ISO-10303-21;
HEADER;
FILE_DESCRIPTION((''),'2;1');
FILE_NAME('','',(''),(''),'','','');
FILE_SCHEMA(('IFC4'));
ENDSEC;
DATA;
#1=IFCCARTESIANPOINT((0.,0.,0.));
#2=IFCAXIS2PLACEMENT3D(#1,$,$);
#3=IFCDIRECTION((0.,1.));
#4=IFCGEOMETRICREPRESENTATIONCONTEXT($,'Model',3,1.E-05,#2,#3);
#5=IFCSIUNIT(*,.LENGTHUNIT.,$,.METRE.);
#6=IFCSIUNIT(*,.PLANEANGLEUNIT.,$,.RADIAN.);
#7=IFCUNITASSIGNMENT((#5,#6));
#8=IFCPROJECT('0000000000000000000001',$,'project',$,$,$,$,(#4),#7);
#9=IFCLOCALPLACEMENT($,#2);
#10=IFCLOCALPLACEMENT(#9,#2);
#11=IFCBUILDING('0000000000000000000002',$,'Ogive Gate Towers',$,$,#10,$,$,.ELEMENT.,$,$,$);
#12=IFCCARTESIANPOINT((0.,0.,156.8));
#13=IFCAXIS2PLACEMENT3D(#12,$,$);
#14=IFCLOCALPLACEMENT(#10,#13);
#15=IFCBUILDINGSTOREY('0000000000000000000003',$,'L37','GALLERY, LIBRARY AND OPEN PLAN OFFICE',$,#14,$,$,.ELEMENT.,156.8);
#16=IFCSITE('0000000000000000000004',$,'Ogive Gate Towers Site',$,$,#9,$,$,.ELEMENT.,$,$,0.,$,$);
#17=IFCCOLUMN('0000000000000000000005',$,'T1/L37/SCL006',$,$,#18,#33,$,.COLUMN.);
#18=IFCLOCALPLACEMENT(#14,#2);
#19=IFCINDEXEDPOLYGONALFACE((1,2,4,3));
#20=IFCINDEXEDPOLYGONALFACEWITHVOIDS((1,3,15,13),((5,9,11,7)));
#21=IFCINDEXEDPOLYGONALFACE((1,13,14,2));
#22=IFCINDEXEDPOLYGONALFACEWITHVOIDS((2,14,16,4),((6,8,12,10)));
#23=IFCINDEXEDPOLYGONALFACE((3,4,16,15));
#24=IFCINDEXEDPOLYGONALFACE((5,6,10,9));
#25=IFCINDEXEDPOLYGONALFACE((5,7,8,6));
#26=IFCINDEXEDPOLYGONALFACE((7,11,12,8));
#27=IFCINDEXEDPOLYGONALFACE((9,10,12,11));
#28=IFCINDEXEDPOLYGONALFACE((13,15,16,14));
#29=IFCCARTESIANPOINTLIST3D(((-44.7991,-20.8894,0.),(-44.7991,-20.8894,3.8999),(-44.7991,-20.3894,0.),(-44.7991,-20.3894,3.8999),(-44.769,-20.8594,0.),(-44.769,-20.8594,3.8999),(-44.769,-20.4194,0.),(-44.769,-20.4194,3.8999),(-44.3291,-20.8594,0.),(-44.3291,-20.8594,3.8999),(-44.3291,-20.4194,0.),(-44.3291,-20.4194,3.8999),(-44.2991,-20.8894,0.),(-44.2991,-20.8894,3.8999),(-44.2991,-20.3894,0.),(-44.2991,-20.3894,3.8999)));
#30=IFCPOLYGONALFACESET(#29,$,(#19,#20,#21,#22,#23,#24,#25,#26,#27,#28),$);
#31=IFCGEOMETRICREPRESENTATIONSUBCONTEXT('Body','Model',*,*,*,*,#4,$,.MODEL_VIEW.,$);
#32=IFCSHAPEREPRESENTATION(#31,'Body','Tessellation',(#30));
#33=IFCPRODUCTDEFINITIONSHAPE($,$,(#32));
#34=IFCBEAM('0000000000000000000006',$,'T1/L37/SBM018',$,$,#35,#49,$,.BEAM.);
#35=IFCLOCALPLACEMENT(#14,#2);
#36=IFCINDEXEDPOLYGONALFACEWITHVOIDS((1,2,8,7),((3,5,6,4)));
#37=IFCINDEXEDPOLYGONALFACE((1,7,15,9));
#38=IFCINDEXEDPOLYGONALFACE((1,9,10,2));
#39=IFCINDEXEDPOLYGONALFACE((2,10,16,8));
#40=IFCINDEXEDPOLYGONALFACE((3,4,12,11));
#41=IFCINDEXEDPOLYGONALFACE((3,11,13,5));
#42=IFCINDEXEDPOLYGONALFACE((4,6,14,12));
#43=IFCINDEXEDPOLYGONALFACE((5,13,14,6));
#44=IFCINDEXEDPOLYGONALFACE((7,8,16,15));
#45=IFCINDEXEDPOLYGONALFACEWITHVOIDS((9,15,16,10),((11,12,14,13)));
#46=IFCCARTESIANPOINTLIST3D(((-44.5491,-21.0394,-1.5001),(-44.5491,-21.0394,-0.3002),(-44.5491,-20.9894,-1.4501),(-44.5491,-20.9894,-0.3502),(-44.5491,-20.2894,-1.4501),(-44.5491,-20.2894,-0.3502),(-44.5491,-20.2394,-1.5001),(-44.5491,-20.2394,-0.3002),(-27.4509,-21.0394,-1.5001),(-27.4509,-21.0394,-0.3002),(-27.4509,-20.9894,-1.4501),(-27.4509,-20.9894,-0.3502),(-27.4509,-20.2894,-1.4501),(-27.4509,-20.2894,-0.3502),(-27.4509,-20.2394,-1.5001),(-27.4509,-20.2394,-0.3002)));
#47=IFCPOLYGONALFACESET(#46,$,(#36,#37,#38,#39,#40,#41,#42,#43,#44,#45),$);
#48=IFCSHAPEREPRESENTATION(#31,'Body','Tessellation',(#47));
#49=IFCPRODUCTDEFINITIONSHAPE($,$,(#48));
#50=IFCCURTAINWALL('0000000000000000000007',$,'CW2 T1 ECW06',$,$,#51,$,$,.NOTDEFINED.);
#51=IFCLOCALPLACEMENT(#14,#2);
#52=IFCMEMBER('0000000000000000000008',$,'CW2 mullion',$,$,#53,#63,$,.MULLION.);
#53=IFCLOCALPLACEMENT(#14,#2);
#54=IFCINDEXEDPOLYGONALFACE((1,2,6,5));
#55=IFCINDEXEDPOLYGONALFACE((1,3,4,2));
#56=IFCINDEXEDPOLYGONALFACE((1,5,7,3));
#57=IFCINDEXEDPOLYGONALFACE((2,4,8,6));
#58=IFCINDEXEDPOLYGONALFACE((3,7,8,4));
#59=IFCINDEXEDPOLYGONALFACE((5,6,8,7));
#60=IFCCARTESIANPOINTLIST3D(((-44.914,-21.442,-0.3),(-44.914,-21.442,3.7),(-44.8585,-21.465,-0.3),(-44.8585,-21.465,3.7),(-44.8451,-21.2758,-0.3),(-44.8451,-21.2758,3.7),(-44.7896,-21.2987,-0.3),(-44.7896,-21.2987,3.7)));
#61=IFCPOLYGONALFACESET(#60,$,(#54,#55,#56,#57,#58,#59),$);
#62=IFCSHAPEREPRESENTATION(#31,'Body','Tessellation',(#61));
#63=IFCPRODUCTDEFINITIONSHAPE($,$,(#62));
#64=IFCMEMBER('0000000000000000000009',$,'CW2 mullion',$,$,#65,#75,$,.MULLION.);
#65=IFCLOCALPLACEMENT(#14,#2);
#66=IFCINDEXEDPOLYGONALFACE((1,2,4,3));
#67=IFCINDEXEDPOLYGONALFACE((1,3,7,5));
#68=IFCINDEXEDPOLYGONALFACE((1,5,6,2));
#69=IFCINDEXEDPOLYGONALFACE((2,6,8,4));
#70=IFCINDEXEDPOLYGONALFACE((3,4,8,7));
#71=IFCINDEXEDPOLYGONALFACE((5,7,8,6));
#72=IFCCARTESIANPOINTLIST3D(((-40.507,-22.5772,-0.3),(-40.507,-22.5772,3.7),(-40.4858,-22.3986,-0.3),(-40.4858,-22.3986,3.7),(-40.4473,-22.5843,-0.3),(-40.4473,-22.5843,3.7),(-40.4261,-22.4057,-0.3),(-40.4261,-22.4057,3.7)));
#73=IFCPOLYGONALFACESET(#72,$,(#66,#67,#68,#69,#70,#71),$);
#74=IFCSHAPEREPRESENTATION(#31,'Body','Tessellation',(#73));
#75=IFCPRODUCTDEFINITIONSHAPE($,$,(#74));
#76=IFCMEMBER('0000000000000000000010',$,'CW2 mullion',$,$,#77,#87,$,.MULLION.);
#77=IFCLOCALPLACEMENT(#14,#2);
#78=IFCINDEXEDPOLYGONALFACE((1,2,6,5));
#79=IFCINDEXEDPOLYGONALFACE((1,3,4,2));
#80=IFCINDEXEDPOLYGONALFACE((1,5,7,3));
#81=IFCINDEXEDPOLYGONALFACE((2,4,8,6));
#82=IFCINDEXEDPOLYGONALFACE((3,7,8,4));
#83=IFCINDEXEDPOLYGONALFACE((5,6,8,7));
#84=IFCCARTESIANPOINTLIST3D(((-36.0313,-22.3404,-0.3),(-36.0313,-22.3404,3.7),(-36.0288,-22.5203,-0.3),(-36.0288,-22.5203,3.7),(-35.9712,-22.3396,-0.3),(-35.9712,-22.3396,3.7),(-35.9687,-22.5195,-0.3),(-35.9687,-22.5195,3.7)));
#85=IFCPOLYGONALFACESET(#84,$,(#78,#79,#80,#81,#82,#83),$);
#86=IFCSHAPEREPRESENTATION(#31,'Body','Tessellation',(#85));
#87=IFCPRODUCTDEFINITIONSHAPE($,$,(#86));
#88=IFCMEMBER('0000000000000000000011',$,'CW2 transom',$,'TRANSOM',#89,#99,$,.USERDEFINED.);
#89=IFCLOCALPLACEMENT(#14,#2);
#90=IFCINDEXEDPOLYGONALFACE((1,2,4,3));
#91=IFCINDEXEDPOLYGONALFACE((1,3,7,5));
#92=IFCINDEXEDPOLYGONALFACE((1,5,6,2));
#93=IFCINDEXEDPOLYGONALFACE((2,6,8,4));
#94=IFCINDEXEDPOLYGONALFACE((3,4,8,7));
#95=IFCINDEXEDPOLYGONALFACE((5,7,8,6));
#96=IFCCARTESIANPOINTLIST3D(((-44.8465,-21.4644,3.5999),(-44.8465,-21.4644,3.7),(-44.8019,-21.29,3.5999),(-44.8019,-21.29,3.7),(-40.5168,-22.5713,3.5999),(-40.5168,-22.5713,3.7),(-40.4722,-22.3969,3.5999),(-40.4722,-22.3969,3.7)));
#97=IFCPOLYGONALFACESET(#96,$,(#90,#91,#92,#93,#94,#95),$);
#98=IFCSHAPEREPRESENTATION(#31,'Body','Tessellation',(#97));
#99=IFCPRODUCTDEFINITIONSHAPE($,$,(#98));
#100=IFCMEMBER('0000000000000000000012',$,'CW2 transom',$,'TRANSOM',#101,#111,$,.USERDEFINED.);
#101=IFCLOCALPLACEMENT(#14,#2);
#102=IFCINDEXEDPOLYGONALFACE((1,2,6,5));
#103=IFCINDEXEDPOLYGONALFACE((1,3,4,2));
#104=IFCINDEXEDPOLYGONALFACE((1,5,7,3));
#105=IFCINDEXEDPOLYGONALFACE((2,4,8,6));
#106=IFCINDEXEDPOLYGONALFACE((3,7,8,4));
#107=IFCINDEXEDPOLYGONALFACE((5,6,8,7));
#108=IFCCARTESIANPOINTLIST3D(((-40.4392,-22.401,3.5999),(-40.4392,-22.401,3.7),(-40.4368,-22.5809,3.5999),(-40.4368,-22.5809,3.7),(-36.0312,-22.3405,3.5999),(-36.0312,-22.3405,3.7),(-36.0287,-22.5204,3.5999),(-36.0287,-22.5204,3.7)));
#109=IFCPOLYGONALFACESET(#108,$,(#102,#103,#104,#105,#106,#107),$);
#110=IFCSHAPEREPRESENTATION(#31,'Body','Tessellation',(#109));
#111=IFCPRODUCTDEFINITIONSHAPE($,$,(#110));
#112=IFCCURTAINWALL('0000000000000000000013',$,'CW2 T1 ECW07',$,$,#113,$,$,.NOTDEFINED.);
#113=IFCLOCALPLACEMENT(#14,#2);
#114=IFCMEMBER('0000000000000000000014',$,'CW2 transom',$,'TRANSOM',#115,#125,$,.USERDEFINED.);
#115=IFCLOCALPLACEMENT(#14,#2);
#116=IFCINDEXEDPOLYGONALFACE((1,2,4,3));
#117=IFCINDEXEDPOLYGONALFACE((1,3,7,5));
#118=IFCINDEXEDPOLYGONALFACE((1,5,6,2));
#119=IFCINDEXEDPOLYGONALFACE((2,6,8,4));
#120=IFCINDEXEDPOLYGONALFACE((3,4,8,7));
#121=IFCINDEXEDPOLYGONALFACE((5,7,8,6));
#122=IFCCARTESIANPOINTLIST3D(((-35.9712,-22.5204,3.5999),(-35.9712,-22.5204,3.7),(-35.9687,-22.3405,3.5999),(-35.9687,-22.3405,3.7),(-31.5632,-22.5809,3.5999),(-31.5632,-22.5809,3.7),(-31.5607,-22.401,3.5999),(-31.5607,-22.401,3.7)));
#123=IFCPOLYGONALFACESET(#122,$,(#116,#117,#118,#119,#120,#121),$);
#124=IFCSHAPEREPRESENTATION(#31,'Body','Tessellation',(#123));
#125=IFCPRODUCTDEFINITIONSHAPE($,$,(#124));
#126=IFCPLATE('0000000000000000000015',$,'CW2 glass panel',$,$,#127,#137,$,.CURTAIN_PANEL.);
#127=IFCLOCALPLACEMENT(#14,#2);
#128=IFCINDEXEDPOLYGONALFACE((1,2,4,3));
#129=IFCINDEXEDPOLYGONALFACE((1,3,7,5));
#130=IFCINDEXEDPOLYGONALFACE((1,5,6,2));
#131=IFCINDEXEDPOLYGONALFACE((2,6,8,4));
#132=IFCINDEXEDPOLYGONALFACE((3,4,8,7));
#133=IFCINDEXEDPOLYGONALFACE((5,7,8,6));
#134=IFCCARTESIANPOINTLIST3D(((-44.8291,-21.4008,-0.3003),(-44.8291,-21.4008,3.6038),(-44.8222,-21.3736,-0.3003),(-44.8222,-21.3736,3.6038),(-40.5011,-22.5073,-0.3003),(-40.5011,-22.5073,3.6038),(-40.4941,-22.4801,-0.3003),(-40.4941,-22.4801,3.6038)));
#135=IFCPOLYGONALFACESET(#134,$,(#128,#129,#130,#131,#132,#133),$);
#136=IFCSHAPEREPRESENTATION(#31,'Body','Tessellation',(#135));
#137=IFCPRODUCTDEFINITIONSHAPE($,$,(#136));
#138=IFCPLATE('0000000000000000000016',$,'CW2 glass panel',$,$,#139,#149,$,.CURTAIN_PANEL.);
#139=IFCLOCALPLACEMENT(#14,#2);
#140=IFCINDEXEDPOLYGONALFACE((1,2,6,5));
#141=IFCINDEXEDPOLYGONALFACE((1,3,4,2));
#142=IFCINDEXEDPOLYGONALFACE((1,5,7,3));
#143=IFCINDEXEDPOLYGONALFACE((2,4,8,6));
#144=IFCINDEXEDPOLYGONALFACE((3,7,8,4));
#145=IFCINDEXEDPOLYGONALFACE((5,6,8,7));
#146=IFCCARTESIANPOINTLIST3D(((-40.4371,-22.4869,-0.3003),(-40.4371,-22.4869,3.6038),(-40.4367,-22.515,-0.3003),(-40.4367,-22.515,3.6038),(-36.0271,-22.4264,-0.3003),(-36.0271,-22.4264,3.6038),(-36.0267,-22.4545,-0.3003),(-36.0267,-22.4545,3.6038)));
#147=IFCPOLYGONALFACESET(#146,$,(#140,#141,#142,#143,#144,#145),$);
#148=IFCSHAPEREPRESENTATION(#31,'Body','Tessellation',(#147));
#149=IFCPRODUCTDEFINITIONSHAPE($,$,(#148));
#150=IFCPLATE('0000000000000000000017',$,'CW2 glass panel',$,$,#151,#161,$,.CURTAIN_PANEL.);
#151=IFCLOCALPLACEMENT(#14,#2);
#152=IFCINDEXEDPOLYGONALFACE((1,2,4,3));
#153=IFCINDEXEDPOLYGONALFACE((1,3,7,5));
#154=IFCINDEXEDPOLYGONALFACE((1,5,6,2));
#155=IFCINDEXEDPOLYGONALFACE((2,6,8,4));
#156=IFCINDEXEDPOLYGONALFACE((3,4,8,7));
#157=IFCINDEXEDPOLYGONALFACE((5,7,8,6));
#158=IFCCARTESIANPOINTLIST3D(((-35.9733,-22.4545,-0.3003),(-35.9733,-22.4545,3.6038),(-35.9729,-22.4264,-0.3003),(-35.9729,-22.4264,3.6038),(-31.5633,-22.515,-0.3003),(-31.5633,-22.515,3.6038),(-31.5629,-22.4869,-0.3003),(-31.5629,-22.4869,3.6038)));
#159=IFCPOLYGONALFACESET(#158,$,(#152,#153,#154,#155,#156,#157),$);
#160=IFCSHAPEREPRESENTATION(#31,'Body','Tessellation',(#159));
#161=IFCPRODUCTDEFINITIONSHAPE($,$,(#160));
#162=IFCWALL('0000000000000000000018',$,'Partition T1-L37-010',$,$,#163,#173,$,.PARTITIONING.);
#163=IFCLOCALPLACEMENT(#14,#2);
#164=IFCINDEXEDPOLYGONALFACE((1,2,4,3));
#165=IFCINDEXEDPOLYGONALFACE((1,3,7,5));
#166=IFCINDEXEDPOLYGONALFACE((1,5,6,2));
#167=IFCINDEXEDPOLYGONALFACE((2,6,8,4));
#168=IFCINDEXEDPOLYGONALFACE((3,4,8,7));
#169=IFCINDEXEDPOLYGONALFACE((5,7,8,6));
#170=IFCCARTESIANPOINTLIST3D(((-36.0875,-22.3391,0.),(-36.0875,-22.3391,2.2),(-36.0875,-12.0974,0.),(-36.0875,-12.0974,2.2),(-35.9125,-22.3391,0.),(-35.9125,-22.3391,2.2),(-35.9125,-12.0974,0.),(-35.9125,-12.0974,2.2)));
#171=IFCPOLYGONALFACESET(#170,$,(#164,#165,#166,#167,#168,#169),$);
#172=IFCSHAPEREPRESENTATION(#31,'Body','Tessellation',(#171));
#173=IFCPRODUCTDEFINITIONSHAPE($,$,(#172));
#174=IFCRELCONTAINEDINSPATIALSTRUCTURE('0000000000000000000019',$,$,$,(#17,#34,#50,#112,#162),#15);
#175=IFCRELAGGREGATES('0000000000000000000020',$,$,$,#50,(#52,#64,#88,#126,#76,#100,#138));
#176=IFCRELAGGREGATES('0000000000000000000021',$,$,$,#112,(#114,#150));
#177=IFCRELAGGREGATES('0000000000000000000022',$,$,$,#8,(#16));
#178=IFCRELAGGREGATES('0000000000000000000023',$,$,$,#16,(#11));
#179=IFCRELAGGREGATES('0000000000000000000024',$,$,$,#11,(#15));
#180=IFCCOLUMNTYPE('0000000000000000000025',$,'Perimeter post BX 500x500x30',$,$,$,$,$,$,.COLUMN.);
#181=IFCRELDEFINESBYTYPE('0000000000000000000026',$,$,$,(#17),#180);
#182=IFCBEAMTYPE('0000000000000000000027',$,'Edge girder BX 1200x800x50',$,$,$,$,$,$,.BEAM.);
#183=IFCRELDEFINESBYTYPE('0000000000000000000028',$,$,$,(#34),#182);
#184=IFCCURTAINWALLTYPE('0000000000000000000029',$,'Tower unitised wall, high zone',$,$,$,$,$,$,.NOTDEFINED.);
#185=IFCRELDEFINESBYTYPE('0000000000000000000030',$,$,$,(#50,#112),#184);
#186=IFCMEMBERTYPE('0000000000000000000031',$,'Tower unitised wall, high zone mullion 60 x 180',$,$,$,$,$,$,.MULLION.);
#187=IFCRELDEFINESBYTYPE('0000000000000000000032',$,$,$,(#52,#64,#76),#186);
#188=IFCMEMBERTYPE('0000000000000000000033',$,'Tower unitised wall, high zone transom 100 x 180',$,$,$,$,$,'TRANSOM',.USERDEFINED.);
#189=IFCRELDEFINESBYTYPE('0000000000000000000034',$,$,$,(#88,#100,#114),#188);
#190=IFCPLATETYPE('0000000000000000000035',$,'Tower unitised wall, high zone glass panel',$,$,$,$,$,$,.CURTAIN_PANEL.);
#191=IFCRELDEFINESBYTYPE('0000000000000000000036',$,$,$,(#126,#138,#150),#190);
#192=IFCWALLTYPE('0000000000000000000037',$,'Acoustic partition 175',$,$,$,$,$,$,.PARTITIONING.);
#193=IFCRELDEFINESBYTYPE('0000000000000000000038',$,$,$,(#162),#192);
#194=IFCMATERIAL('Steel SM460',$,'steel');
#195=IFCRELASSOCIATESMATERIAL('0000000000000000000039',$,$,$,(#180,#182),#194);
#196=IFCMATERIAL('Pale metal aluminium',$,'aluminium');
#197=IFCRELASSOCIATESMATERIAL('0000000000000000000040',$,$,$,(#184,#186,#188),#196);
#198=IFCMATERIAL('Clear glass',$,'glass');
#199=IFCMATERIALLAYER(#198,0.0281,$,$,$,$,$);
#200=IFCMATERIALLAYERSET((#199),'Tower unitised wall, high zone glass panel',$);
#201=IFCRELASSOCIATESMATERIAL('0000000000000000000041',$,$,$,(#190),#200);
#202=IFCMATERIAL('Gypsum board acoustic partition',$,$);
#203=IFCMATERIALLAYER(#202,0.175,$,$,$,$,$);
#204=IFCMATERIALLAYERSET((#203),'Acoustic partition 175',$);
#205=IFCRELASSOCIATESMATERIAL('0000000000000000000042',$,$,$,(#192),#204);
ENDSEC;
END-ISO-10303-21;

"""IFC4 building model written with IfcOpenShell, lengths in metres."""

from ifc_helpers import new_model, si_unit, direction, frame, frame_2d, origin, origin_2d, place, context, subcontext, project, spatial, rectangle, hollow_rectangle, extrude, material, layer, layer_set, material_profile, profile_set, type_object, element, aggregate, save


model = new_model("IFC4")

# Units and contexts
model_context = context("Model", 3, precision=1e-05, world=origin(), true_north=direction((0.0, 1.0)))
body_context = subcontext(model_context, "Body", "Model", "MODEL_VIEW")
ifc_project = project(units=[si_unit("LENGTHUNIT", "METRE"), si_unit("PLANEANGLEUNIT", "RADIAN")], contexts=[model_context])

# Site, building, storey
site_placement = place(None, origin())
site = spatial("IfcSite", under=ifc_project, at=site_placement, Name="Ogive Gate Towers Site", CompositionType="ELEMENT", RefElevation=0.0)
building_placement = place(site_placement, origin())
building = spatial("IfcBuilding", under=site, at=building_placement, Name="Ogive Gate Towers", CompositionType="ELEMENT")
storey_placement = place(building_placement, frame((0.0, 0.0, 156.8)))
storey = spatial("IfcBuildingStorey", under=building, at=storey_placement, Name="L37", Description="GALLERY, LIBRARY AND OPEN PLAN OFFICE", CompositionType="ELEMENT", Elevation=156.8)

# Column
ifc_material_1 = material(Name="Steel SM460", Category="steel")
ifc_material_profile_1 = material_profile(ifc_material_1, hollow_rectangle(XDim=0.5, YDim=0.5, WallThickness=0.03, at=origin_2d()), Name="BX 500x500x30")
ifc_profile_set_1 = profile_set([ifc_material_profile_1], Name="Steel SM460")
column_type = type_object("IfcColumnType", Name="Perimeter post BX 500x500x30", PredefinedType="COLUMN", material=ifc_profile_set_1)
column_placement = place(storey_placement, frame((-44.5491, -20.6394, 0.0), z_axis=(0.0, 0.0, 1.0), x_axis=(1.0, 0.0, 0.0)))
element("IfcColumn", 1, at=column_placement, inside=storey, type_object=column_type, Name="T1/L37/SCL006", PredefinedType="COLUMN", context=body_context, shape_type="SweptSolid", body=[
    extrude(hollow_rectangle(XDim=0.5, YDim=0.5, WallThickness=0.03, at=origin_2d()), origin(), (0.0, 0.0, 1.0), 3.8999),
])

# Beam
ifc_material_profile_2 = material_profile(ifc_material_1, hollow_rectangle(XDim=0.8, YDim=1.2, WallThickness=0.05, at=origin_2d()), Name="BX 1200x800x50")
ifc_profile_set_2 = profile_set([ifc_material_profile_2], Name="Steel SM460")
beam_type = type_object("IfcBeamType", Name="Edge girder BX 1200x800x50", PredefinedType="BEAM", material=ifc_profile_set_2)
beam_placement = place(storey_placement, frame((-44.5491, -20.6394, -0.9001), z_axis=(1.0, 0.0, 0.0), x_axis=(0.0, 1.0, 0.0)))
element("IfcBeam", 2, at=beam_placement, inside=storey, type_object=beam_type, Name="T1/L37/SBM018", PredefinedType="BEAM", context=body_context, shape_type="SweptSolid", body=[
    extrude(hollow_rectangle(XDim=0.8, YDim=1.2, WallThickness=0.05, at=origin_2d()), origin(), (0.0, 0.0, 1.0), 17.0981),
])

# Curtain wall, members
ifc_material_2 = material(Name="Pale metal aluminium", Category="aluminium")
curtain_wall_type = type_object("IfcCurtainWallType", Name="Tower unitised wall, high zone", PredefinedType="NOTDEFINED", material=ifc_material_2)
curtain_wall_1_placement = place(storey_placement, origin())
curtain_wall_1 = element("IfcCurtainWall", 3, at=curtain_wall_1_placement, inside=storey, type_object=curtain_wall_type, Name="CW2 T1 ECW06", PredefinedType="NOTDEFINED")
ifc_material_profile_3 = material_profile(ifc_material_2, rectangle(XDim=0.1799, YDim=0.0601, at=origin_2d()), Name="60 x 180 aluminium box")
ifc_profile_set_3 = profile_set([ifc_material_profile_3], Name="Pale metal aluminium")
member_type_1 = type_object("IfcMemberType", Name="Tower unitised wall, high zone mullion 60 x 180", PredefinedType="MULLION", material=ifc_profile_set_3)
member_1_placement = place(storey_placement, frame((-44.8518, -21.3704, -0.3), z_axis=(0.0, 0.0, 1.0), x_axis=(-0.382683, -0.92388, 0.0)))
member_1 = element("IfcMember", 4, at=member_1_placement, type_object=member_type_1, Name="CW2 mullion", PredefinedType="MULLION", context=body_context, shape_type="SweptSolid", body=[
    extrude(rectangle(XDim=0.1799, YDim=0.0601, at=origin_2d()), origin(), (0.0, 0.0, 1.0), 4.0),
])
member_2_placement = place(storey_placement, frame((-40.4666, -22.4915, -0.3), z_axis=(0.0, 0.0, 1.0), x_axis=(-0.118005, -0.993013, 0.0)))
member_2 = element("IfcMember", 5, at=member_2_placement, type_object=member_type_1, Name="CW2 mullion", PredefinedType="MULLION", context=body_context, shape_type="SweptSolid", body=[
    extrude(rectangle(XDim=0.1799, YDim=0.0601, at=origin_2d()), origin(), (0.0, 0.0, 1.0), 4.0),
])
member_3_placement = place(storey_placement, frame((-36.0, -22.4299, -0.3), z_axis=(0.0, 0.0, 1.0), x_axis=(0.013718, -0.999906, 0.0)))
member_3 = element("IfcMember", 6, at=member_3_placement, type_object=member_type_1, Name="CW2 mullion", PredefinedType="MULLION", context=body_context, shape_type="SweptSolid", body=[
    extrude(rectangle(XDim=0.1799, YDim=0.0601, at=origin_2d()), origin(), (0.0, 0.0, 1.0), 4.0),
])
ifc_material_profile_4 = material_profile(ifc_material_2, rectangle(XDim=0.1799, YDim=0.1001, at=origin_2d()), Name="100 x 180 aluminium box")
ifc_profile_set_4 = profile_set([ifc_material_profile_4], Name="Pale metal aluminium")
member_type_2 = type_object("IfcMemberType", Name="Tower unitised wall, high zone transom 100 x 180", ElementType="TRANSOM", PredefinedType="USERDEFINED", material=ifc_profile_set_4)
member_4_placement = place(storey_placement, frame((-44.8242, -21.3772, 3.6499), z_axis=(0.96884, -0.247687, 0.0), x_axis=(0.247687, 0.96884, 0.0)))
member_4 = element("IfcMember", 7, at=member_4_placement, type_object=member_type_2, Name="CW2 transom", ObjectType="TRANSOM", PredefinedType="USERDEFINED", context=body_context, shape_type="SweptSolid", body=[
    extrude(rectangle(XDim=0.1799, YDim=0.1001, at=origin_2d()), origin(), (0.0, 0.0, 1.0), 4.469),
])
member_5_placement = place(storey_placement, frame((-40.438, -22.491, 3.6499), z_axis=(0.999906, 0.013735, 0.0), x_axis=(-0.013735, 0.999906, 0.0)))
member_5 = element("IfcMember", 8, at=member_5_placement, type_object=member_type_2, Name="CW2 transom", ObjectType="TRANSOM", PredefinedType="USERDEFINED", context=body_context, shape_type="SweptSolid", body=[
    extrude(rectangle(XDim=0.1799, YDim=0.1001, at=origin_2d()), origin(), (0.0, 0.0, 1.0), 4.4084),
])

# Curtain wall, member
curtain_wall_2_placement = place(storey_placement, origin())
curtain_wall_2 = element("IfcCurtainWall", 9, at=curtain_wall_2_placement, inside=storey, type_object=curtain_wall_type, Name="CW2 T1 ECW07", PredefinedType="NOTDEFINED")
member_6_placement = place(storey_placement, frame((-35.97, -22.4304, 3.6499), z_axis=(0.999906, -0.013735, 0.0), x_axis=(0.013735, 0.999906, 0.0)))
member_6 = element("IfcMember", 10, at=member_6_placement, type_object=member_type_2, Name="CW2 transom", ObjectType="TRANSOM", PredefinedType="USERDEFINED", context=body_context, shape_type="SweptSolid", body=[
    extrude(rectangle(XDim=0.1799, YDim=0.1001, at=origin_2d()), origin(), (0.0, 0.0, 1.0), 4.4084),
])

# Plates
ifc_material_3 = material(Name="Clear glass", Category="glass")
ifc_layer_1 = layer(ifc_material_3, 0.0281)
ifc_layer_set_1 = layer_set([ifc_layer_1], Name="Tower unitised wall, high zone glass panel")
plate_type = type_object("IfcPlateType", Name="Tower unitised wall, high zone glass panel", PredefinedType="CURTAIN_PANEL", material=ifc_layer_set_1)
plate_1_placement = place(storey_placement, frame((-42.6616, -21.9404, -0.3003), z_axis=(0.0, 0.0, 1.0), x_axis=(0.968839, -0.247692, 0.0)))
plate_1 = element("IfcPlate", 11, at=plate_1_placement, type_object=plate_type, Name="CW2 glass panel", PredefinedType="CURTAIN_PANEL", context=body_context, shape_type="SweptSolid", body=[
    extrude(rectangle(XDim=4.4673, YDim=0.0281, at=origin_2d()), origin(), (0.0, 0.0, 1.0), 3.9041),
])
plate_2_placement = place(storey_placement, frame((-38.2319, -22.4707, -0.3003), z_axis=(0.0, 0.0, 1.0), x_axis=(0.999906, 0.013718, 0.0)))
plate_2 = element("IfcPlate", 12, at=plate_2_placement, type_object=plate_type, Name="CW2 glass panel", PredefinedType="CURTAIN_PANEL", context=body_context, shape_type="SweptSolid", body=[
    extrude(rectangle(XDim=4.4104, YDim=0.0281, at=origin_2d()), origin(), (0.0, 0.0, 1.0), 3.9041),
])
aggregate(curtain_wall_1, [member_1, member_2, member_4, plate_1, member_3, member_5, plate_2])
plate_3_placement = place(storey_placement, frame((-33.7681, -22.4707, -0.3003), z_axis=(0.0, 0.0, 1.0), x_axis=(0.999906, -0.013718, 0.0)))
plate_3 = element("IfcPlate", 13, at=plate_3_placement, type_object=plate_type, Name="CW2 glass panel", PredefinedType="CURTAIN_PANEL", context=body_context, shape_type="SweptSolid", body=[
    extrude(rectangle(XDim=4.4104, YDim=0.0281, at=origin_2d()), origin(), (0.0, 0.0, 1.0), 3.9041),
])
aggregate(curtain_wall_2, [member_6, plate_3])

# Wall
ifc_material_4 = material(Name="Gypsum board acoustic partition")
ifc_layer_2 = layer(ifc_material_4, 0.175)
ifc_layer_set_2 = layer_set([ifc_layer_2], Name="Acoustic partition 175")
wall_type_1 = type_object("IfcWallType", Name="Acoustic partition 175", PredefinedType="PARTITIONING", material=ifc_layer_set_2)
wall_1_placement = place(storey_placement, frame((-36.0, -22.3391, 0.0), z_axis=(0.0, 0.0, 1.0), x_axis=(0.0, 1.0, 0.0)))
element("IfcWall", 14, at=wall_1_placement, inside=storey, type_object=wall_type_1, Name="Partition T1-L37-010", PredefinedType="PARTITIONING", context=body_context, shape_type="SweptSolid", body=[
    extrude(rectangle(XDim=10.2417, YDim=0.175, at=frame_2d((5.1208, 0.0))), origin(), (0.0, 0.0, 1.0), 2.2),
])

save(model, "model.ifc")
